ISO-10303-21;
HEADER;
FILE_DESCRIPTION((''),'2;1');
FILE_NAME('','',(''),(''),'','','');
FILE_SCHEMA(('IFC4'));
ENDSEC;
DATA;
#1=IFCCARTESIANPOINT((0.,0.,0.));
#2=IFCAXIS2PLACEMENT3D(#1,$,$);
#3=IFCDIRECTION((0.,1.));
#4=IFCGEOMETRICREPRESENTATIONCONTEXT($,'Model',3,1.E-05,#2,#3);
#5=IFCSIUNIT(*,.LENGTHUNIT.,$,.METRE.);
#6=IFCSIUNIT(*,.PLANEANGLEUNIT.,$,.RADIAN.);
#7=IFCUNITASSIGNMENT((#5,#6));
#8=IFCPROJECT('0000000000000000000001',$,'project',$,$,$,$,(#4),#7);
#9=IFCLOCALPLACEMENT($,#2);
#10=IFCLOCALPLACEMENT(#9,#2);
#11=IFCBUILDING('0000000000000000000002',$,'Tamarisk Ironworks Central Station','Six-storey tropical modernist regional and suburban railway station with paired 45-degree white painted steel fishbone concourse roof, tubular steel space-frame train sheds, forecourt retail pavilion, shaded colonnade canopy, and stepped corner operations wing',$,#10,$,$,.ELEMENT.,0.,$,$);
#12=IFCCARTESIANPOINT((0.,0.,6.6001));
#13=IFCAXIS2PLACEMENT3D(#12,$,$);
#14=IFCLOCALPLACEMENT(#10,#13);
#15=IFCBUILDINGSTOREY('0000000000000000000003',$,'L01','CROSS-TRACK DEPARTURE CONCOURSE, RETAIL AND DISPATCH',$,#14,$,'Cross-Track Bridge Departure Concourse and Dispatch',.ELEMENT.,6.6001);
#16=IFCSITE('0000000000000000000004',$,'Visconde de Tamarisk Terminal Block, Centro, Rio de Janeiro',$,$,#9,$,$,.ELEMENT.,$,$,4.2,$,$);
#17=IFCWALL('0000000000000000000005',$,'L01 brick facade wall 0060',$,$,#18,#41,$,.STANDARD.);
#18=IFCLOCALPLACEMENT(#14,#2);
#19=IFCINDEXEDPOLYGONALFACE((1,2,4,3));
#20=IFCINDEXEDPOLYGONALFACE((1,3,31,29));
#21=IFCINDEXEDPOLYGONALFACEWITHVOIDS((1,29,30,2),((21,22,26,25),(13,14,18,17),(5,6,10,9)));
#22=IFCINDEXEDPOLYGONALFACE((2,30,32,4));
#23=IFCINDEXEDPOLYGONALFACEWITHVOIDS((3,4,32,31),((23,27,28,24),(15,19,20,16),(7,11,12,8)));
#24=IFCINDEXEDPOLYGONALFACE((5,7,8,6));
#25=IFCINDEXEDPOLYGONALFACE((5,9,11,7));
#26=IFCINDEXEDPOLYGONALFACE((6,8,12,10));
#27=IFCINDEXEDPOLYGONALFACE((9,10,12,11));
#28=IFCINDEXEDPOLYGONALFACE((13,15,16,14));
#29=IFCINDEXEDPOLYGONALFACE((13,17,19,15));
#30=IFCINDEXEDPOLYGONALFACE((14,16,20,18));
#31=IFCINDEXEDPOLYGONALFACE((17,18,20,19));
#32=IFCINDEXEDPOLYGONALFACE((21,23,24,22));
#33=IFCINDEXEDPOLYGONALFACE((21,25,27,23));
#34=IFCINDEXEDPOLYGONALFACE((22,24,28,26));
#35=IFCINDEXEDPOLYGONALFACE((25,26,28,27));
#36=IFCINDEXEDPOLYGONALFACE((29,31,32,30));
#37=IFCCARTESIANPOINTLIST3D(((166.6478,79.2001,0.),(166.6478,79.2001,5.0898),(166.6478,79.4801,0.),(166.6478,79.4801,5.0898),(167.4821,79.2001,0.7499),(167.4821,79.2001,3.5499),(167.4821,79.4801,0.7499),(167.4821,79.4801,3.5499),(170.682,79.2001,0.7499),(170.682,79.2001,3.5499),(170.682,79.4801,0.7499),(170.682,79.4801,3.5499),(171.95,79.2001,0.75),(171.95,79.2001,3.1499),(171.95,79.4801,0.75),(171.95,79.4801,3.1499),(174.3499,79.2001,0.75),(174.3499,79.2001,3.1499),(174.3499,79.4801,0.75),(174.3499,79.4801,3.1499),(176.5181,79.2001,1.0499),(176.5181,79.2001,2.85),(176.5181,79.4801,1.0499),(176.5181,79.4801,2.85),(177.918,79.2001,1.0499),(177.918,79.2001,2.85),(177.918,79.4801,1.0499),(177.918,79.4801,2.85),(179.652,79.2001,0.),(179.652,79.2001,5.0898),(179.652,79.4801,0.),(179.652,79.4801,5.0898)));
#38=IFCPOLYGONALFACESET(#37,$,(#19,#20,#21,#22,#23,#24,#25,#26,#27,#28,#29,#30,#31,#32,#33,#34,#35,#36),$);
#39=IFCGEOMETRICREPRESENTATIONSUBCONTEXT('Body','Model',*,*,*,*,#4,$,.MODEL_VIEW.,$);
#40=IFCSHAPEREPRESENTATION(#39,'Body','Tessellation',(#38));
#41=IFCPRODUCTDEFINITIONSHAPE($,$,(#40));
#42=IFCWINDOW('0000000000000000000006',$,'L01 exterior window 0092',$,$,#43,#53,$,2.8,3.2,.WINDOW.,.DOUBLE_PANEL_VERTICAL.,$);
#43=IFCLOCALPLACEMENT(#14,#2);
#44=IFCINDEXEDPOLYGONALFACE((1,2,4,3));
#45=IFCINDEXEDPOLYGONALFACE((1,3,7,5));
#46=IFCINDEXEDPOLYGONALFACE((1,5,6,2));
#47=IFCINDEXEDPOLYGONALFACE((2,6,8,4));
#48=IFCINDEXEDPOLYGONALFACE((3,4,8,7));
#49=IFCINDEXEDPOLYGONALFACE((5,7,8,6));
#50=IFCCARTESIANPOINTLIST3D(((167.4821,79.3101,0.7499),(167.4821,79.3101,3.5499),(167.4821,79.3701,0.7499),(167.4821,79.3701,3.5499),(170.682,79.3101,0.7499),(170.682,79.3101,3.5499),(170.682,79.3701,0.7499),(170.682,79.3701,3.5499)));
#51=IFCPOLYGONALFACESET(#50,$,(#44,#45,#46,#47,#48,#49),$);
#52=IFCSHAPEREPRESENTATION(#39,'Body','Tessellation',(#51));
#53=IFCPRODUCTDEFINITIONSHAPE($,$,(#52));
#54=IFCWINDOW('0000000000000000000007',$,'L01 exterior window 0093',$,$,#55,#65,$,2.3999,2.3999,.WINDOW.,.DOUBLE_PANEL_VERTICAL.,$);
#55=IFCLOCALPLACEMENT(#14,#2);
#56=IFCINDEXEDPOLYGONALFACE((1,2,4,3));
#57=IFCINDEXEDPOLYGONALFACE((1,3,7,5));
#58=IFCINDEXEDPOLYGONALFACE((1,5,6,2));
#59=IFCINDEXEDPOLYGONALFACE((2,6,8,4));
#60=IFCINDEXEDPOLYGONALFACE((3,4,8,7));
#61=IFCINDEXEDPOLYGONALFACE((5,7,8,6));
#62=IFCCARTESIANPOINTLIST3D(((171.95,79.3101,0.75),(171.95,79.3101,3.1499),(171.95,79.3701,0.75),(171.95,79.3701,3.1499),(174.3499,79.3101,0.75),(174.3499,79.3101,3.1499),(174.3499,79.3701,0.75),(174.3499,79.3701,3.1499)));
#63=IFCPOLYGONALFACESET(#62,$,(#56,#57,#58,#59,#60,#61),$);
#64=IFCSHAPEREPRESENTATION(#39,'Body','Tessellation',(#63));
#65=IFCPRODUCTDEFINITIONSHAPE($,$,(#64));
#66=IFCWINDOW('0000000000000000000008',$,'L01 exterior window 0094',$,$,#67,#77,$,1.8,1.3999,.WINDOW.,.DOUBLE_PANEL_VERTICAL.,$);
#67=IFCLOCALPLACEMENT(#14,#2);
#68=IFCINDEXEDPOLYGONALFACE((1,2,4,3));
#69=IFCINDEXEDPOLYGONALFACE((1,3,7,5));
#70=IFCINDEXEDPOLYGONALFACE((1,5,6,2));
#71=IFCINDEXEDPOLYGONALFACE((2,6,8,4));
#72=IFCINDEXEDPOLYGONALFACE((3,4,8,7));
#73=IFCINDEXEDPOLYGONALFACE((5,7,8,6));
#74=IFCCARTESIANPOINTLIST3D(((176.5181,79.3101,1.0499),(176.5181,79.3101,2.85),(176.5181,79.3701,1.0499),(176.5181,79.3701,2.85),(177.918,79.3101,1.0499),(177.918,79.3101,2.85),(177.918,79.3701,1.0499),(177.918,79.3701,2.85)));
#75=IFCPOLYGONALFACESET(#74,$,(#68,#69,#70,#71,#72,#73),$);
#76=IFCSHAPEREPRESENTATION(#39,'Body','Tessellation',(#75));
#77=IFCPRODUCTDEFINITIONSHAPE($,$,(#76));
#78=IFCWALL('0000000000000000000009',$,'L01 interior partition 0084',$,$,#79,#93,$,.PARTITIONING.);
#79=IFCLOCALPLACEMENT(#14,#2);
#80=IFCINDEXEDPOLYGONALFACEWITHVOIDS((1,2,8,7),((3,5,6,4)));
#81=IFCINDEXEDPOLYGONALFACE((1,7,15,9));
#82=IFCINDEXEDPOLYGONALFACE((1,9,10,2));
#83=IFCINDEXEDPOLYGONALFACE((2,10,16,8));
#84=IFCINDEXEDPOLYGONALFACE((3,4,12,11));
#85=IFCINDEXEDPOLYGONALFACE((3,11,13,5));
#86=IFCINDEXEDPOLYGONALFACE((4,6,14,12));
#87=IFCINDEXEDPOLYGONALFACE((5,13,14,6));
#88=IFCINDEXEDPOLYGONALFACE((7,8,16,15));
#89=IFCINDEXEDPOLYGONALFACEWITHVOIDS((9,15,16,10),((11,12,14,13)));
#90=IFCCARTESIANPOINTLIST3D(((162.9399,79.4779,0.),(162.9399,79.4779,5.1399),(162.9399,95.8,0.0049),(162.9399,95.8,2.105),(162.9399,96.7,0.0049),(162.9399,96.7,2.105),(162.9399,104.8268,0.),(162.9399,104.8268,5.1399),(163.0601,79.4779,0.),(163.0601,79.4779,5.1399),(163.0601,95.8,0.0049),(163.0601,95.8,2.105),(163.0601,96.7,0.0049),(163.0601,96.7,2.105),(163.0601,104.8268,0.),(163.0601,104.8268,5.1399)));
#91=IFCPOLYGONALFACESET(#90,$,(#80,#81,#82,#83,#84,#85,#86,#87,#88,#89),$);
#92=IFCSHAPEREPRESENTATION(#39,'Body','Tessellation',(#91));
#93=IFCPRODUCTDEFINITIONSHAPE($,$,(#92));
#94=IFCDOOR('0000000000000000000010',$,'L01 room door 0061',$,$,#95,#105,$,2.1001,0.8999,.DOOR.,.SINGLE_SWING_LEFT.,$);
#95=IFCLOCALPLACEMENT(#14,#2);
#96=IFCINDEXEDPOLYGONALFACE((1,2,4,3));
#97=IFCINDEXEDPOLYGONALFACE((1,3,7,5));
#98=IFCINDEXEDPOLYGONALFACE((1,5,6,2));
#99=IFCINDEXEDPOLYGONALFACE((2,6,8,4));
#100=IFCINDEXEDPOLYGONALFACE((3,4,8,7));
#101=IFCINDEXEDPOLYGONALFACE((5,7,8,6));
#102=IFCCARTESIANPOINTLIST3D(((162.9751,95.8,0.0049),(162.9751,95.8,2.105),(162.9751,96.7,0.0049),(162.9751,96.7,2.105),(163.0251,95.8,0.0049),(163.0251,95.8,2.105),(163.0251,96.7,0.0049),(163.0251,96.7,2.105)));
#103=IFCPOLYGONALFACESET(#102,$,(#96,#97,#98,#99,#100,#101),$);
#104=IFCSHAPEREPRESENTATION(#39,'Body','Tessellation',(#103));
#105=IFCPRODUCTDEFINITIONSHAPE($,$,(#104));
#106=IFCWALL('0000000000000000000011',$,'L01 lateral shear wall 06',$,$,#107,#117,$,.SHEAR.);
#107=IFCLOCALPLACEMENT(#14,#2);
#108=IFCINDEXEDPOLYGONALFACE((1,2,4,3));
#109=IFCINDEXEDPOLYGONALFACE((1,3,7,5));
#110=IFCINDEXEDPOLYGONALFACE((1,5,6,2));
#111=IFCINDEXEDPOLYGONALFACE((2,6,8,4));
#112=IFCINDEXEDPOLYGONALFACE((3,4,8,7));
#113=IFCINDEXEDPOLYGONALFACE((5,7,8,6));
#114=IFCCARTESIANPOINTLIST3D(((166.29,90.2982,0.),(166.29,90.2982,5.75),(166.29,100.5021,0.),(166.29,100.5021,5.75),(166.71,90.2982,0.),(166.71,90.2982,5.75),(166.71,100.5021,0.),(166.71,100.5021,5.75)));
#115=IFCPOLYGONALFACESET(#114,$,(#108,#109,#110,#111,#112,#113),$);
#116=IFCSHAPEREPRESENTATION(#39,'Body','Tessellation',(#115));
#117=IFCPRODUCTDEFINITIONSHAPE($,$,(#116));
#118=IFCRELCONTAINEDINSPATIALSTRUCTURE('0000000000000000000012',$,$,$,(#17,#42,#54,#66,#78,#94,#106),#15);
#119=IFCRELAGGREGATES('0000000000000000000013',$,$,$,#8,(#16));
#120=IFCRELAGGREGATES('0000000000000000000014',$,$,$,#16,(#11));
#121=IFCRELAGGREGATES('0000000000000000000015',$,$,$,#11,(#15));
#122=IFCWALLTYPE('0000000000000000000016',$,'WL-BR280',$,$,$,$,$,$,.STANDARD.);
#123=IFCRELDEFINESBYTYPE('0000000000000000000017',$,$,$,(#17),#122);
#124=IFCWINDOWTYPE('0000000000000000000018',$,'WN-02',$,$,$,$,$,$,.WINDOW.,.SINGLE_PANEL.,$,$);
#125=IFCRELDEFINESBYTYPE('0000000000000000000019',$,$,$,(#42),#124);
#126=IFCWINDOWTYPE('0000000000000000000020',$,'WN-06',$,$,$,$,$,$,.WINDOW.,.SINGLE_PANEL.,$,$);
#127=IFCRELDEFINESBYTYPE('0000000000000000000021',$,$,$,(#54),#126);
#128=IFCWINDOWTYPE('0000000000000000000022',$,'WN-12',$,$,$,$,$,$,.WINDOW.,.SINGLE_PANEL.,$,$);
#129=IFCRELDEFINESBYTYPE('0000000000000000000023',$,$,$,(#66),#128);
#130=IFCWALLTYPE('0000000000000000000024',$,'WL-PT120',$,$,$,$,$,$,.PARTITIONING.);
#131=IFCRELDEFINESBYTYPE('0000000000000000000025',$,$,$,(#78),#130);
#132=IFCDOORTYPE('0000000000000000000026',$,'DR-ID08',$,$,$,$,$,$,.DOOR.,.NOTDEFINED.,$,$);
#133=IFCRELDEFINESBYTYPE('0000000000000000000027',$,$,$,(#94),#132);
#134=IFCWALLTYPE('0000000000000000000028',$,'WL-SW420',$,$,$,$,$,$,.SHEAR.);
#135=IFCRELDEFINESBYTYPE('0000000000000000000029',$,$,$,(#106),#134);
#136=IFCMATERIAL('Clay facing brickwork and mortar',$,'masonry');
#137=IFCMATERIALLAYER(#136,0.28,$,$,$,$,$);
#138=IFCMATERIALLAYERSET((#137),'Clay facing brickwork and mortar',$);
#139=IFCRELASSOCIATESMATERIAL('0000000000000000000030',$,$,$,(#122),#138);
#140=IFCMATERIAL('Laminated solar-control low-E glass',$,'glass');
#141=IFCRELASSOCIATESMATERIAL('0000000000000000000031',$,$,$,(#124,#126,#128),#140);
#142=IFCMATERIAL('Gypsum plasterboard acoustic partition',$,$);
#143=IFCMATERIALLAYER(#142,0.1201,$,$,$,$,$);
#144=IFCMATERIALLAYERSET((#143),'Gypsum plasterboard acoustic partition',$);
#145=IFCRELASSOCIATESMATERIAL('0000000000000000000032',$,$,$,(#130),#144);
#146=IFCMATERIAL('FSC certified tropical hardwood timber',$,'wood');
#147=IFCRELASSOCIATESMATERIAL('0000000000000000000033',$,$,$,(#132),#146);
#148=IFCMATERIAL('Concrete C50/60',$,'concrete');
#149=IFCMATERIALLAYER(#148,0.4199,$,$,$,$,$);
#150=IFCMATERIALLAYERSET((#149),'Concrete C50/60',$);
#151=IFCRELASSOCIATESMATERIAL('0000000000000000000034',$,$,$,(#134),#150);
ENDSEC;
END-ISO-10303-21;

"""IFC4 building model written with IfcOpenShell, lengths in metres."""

from ifc_helpers import new_model, si_unit, direction, frame, frame_2d, origin, place, context, subcontext, project, spatial, rectangle, extrude, material, layer, layer_set, type_object, element, fill, save


model = new_model("IFC4")

# Units and contexts
model_context = context("Model", 3, precision=1e-05, world=origin(), true_north=direction((0.0, 1.0)))
body_context = subcontext(model_context, "Body", "Model", "MODEL_VIEW")
ifc_project = project(units=[si_unit("LENGTHUNIT", "METRE"), si_unit("PLANEANGLEUNIT", "RADIAN")], contexts=[model_context])

# Site, building, storey
site_placement = place(None, origin())
site = spatial("IfcSite", under=ifc_project, at=site_placement, Name="Visconde de Tamarisk Terminal Block, Centro, Rio de Janeiro", CompositionType="ELEMENT", RefElevation=4.2)
building_placement = place(site_placement, origin())
building = spatial("IfcBuilding", under=site, at=building_placement, Name="Tamarisk Ironworks Central Station", Description="Six-storey tropical modernist regional and suburban railway station with paired 45-degree white painted steel fishbone concourse roof, tubular steel space-frame train sheds, forecourt retail pavilion, shaded colonnade canopy, and stepped corner operations wing", CompositionType="ELEMENT", ElevationOfRefHeight=0.0)
storey_placement = place(building_placement, frame((0.0, 0.0, 6.6001)))
storey = spatial("IfcBuildingStorey", under=building, at=storey_placement, Name="L01", Description="CROSS-TRACK DEPARTURE CONCOURSE, RETAIL AND DISPATCH", LongName="Cross-Track Bridge Departure Concourse and Dispatch", CompositionType="ELEMENT", Elevation=6.6001)

# Wall, openings, windows
ifc_material_1 = material(Name="Clay facing brickwork and mortar", Category="masonry")
ifc_layer_1 = layer(ifc_material_1, 0.28)
ifc_layer_set_1 = layer_set([ifc_layer_1], Name="Clay facing brickwork and mortar")
wall_type_1 = type_object("IfcWallType", Name="WL-BR280", PredefinedType="STANDARD", material=ifc_layer_set_1)
wall_1_placement = place(storey_placement, frame((166.6479, 79.3401, 0.0), z_axis=(0.0, 0.0, 1.0), x_axis=(1.0, 0.0, 0.0)))
wall_1 = element("IfcWall", 1, at=wall_1_placement, inside=storey, type_object=wall_type_1, Name="L01 brick facade wall 0060", PredefinedType="STANDARD", context=body_context, shape_type="SweptSolid", body=[
    extrude(rectangle(XDim=13.0042, YDim=0.28, at=frame_2d((6.502, 0.0))), origin(), (0.0, 0.0, 1.0), 5.0898),
])
opening_1_placement = place(wall_1_placement, frame((0.834, 0.0, 0.75)))
opening_1 = element("IfcOpeningElement", 2, at=opening_1_placement, cuts=wall_1, PredefinedType="OPENING", context=body_context, shape_type="SweptSolid", body=[
    extrude(rectangle(XDim=3.2, YDim=2.8, at=frame_2d((1.6001, 1.3999))), frame((0.0, 0.1519, 0.0), z_axis=(0.0, -1.0, 0.0), x_axis=(1.0, 0.0, 0.0)), (0.0, 0.0, 1.0), 0.304),
])
opening_2_placement = place(wall_1_placement, frame((5.302, 0.0, 0.75)))
opening_2 = element("IfcOpeningElement", 3, at=opening_2_placement, cuts=wall_1, PredefinedType="OPENING", context=body_context, shape_type="SweptSolid", body=[
    extrude(rectangle(XDim=2.3999, YDim=2.3999, at=frame_2d((1.2, 1.2))), frame((0.0, 0.1519, 0.0), z_axis=(0.0, -1.0, 0.0), x_axis=(1.0, 0.0, 0.0)), (0.0, 0.0, 1.0), 0.304),
])
opening_3_placement = place(wall_1_placement, frame((9.8701, 0.0, 1.05)))
opening_3 = element("IfcOpeningElement", 4, at=opening_3_placement, cuts=wall_1, PredefinedType="OPENING", context=body_context, shape_type="SweptSolid", body=[
    extrude(rectangle(XDim=1.3999, YDim=1.8, at=frame_2d((0.7, 0.8999))), frame((0.0, 0.1519, 0.0), z_axis=(0.0, -1.0, 0.0), x_axis=(1.0, 0.0, 0.0)), (0.0, 0.0, 1.0), 0.304),
])
ifc_material_2 = material(Name="Laminated solar-control low-E glass", Category="glass")
window_type_1 = type_object("IfcWindowType", Name="WN-02", PartitioningType="SINGLE_PANEL", PredefinedType="WINDOW", material=ifc_material_2)
window_1_placement = place(opening_1_placement, origin())
window_1 = element("IfcWindow", 5, at=window_1_placement, inside=storey, type_object=window_type_1, Name="L01 exterior window 0092", OverallHeight=2.8, OverallWidth=3.2, PartitioningType="DOUBLE_PANEL_VERTICAL", PredefinedType="WINDOW", context=body_context, shape_type="SweptSolid", body=[
    extrude(rectangle(XDim=3.2, YDim=2.8, at=frame_2d((1.6001, 1.3999))), frame((0.0, 0.03, 0.0), z_axis=(0.0, -1.0, 0.0), x_axis=(1.0, 0.0, 0.0)), (0.0, 0.0, 1.0), 0.0601),
])
fill(opening_1, window_1)
window_type_2 = type_object("IfcWindowType", Name="WN-06", PartitioningType="SINGLE_PANEL", PredefinedType="WINDOW", material=ifc_material_2)
window_2_placement = place(opening_2_placement, origin())
window_2 = element("IfcWindow", 6, at=window_2_placement, inside=storey, type_object=window_type_2, Name="L01 exterior window 0093", OverallHeight=2.3999, OverallWidth=2.3999, PartitioningType="DOUBLE_PANEL_VERTICAL", PredefinedType="WINDOW", context=body_context, shape_type="SweptSolid", body=[
    extrude(rectangle(XDim=2.3999, YDim=2.3999, at=frame_2d((1.2, 1.2))), frame((0.0, 0.03, 0.0), z_axis=(0.0, -1.0, 0.0), x_axis=(1.0, 0.0, 0.0)), (0.0, 0.0, 1.0), 0.0601),
])
fill(opening_2, window_2)
window_type_3 = type_object("IfcWindowType", Name="WN-12", PartitioningType="SINGLE_PANEL", PredefinedType="WINDOW", material=ifc_material_2)
window_3_placement = place(opening_3_placement, origin())
window_3 = element("IfcWindow", 7, at=window_3_placement, inside=storey, type_object=window_type_3, Name="L01 exterior window 0094", OverallHeight=1.8, OverallWidth=1.3999, PartitioningType="DOUBLE_PANEL_VERTICAL", PredefinedType="WINDOW", context=body_context, shape_type="SweptSolid", body=[
    extrude(rectangle(XDim=1.3999, YDim=1.8, at=frame_2d((0.7, 0.8999))), frame((0.0, 0.03, 0.0), z_axis=(0.0, -1.0, 0.0), x_axis=(1.0, 0.0, 0.0)), (0.0, 0.0, 1.0), 0.0601),
])
fill(opening_3, window_3)

# Wall, opening, door
ifc_material_3 = material(Name="Gypsum plasterboard acoustic partition")
ifc_layer_2 = layer(ifc_material_3, 0.1201)
ifc_layer_set_2 = layer_set([ifc_layer_2], Name="Gypsum plasterboard acoustic partition")
wall_type_2 = type_object("IfcWallType", Name="WL-PT120", PredefinedType="PARTITIONING", material=ifc_layer_set_2)
wall_2_placement = place(storey_placement, frame((163.0, 79.478, 0.0), z_axis=(0.0, 0.0, 1.0), x_axis=(0.0, 1.0, 0.0)))
wall_2 = element("IfcWall", 8, at=wall_2_placement, inside=storey, type_object=wall_type_2, Name="L01 interior partition 0084", PredefinedType="PARTITIONING", context=body_context, shape_type="SweptSolid", body=[
    extrude(rectangle(XDim=25.3489, YDim=0.1201, at=frame_2d((12.6743, 0.0))), origin(), (0.0, 0.0, 1.0), 5.1399),
])
opening_4_placement = place(wall_2_placement, frame((16.322, 0.0, 0.0049)))
opening_4 = element("IfcOpeningElement", 9, at=opening_4_placement, cuts=wall_2, PredefinedType="OPENING", context=body_context, shape_type="SweptSolid", body=[
    extrude(rectangle(XDim=0.8999, YDim=2.1001, at=frame_2d((0.45, 1.05))), frame((0.0, 0.072, 0.0), z_axis=(0.0, -1.0, 0.0), x_axis=(1.0, 0.0, 0.0)), (0.0, 0.0, 1.0), 0.144),
])
ifc_material_4 = material(Name="FSC certified tropical hardwood timber", Category="wood")
door_type = type_object("IfcDoorType", Name="DR-ID08", OperationType="NOTDEFINED", PredefinedType="DOOR", material=ifc_material_4)
door_placement = place(opening_4_placement, origin())
door = element("IfcDoor", 10, at=door_placement, inside=storey, type_object=door_type, Name="L01 room door 0061", OperationType="SINGLE_SWING_LEFT", OverallHeight=2.1001, OverallWidth=0.8999, PredefinedType="DOOR", context=body_context, shape_type="SweptSolid", body=[
    extrude(rectangle(XDim=0.8999, YDim=2.1001, at=frame_2d((0.45, 1.05))), frame((0.0, 0.0249, 0.0), z_axis=(0.0, -1.0, 0.0), x_axis=(1.0, 0.0, 0.0)), (0.0, 0.0, 1.0), 0.05),
])
fill(opening_4, door)

# Wall
ifc_material_5 = material(Name="Concrete C50/60", Category="concrete")
ifc_layer_3 = layer(ifc_material_5, 0.4199)
ifc_layer_set_3 = layer_set([ifc_layer_3], Name="Concrete C50/60")
wall_type_3 = type_object("IfcWallType", Name="WL-SW420", PredefinedType="SHEAR", material=ifc_layer_set_3)
wall_3_placement = place(storey_placement, frame((166.5, 90.2981, 0.0), z_axis=(0.0, 0.0, 1.0), x_axis=(0.0, 1.0, 0.0)))
element("IfcWall", 11, at=wall_3_placement, inside=storey, type_object=wall_type_3, Name="L01 lateral shear wall 06", PredefinedType="SHEAR", context=body_context, shape_type="SweptSolid", body=[
    extrude(rectangle(XDim=10.2039, YDim=0.4199, at=frame_2d((5.1021, 0.0))), origin(), (0.0, 0.0, 1.0), 5.75),
])

save(model, "model.ifc")
